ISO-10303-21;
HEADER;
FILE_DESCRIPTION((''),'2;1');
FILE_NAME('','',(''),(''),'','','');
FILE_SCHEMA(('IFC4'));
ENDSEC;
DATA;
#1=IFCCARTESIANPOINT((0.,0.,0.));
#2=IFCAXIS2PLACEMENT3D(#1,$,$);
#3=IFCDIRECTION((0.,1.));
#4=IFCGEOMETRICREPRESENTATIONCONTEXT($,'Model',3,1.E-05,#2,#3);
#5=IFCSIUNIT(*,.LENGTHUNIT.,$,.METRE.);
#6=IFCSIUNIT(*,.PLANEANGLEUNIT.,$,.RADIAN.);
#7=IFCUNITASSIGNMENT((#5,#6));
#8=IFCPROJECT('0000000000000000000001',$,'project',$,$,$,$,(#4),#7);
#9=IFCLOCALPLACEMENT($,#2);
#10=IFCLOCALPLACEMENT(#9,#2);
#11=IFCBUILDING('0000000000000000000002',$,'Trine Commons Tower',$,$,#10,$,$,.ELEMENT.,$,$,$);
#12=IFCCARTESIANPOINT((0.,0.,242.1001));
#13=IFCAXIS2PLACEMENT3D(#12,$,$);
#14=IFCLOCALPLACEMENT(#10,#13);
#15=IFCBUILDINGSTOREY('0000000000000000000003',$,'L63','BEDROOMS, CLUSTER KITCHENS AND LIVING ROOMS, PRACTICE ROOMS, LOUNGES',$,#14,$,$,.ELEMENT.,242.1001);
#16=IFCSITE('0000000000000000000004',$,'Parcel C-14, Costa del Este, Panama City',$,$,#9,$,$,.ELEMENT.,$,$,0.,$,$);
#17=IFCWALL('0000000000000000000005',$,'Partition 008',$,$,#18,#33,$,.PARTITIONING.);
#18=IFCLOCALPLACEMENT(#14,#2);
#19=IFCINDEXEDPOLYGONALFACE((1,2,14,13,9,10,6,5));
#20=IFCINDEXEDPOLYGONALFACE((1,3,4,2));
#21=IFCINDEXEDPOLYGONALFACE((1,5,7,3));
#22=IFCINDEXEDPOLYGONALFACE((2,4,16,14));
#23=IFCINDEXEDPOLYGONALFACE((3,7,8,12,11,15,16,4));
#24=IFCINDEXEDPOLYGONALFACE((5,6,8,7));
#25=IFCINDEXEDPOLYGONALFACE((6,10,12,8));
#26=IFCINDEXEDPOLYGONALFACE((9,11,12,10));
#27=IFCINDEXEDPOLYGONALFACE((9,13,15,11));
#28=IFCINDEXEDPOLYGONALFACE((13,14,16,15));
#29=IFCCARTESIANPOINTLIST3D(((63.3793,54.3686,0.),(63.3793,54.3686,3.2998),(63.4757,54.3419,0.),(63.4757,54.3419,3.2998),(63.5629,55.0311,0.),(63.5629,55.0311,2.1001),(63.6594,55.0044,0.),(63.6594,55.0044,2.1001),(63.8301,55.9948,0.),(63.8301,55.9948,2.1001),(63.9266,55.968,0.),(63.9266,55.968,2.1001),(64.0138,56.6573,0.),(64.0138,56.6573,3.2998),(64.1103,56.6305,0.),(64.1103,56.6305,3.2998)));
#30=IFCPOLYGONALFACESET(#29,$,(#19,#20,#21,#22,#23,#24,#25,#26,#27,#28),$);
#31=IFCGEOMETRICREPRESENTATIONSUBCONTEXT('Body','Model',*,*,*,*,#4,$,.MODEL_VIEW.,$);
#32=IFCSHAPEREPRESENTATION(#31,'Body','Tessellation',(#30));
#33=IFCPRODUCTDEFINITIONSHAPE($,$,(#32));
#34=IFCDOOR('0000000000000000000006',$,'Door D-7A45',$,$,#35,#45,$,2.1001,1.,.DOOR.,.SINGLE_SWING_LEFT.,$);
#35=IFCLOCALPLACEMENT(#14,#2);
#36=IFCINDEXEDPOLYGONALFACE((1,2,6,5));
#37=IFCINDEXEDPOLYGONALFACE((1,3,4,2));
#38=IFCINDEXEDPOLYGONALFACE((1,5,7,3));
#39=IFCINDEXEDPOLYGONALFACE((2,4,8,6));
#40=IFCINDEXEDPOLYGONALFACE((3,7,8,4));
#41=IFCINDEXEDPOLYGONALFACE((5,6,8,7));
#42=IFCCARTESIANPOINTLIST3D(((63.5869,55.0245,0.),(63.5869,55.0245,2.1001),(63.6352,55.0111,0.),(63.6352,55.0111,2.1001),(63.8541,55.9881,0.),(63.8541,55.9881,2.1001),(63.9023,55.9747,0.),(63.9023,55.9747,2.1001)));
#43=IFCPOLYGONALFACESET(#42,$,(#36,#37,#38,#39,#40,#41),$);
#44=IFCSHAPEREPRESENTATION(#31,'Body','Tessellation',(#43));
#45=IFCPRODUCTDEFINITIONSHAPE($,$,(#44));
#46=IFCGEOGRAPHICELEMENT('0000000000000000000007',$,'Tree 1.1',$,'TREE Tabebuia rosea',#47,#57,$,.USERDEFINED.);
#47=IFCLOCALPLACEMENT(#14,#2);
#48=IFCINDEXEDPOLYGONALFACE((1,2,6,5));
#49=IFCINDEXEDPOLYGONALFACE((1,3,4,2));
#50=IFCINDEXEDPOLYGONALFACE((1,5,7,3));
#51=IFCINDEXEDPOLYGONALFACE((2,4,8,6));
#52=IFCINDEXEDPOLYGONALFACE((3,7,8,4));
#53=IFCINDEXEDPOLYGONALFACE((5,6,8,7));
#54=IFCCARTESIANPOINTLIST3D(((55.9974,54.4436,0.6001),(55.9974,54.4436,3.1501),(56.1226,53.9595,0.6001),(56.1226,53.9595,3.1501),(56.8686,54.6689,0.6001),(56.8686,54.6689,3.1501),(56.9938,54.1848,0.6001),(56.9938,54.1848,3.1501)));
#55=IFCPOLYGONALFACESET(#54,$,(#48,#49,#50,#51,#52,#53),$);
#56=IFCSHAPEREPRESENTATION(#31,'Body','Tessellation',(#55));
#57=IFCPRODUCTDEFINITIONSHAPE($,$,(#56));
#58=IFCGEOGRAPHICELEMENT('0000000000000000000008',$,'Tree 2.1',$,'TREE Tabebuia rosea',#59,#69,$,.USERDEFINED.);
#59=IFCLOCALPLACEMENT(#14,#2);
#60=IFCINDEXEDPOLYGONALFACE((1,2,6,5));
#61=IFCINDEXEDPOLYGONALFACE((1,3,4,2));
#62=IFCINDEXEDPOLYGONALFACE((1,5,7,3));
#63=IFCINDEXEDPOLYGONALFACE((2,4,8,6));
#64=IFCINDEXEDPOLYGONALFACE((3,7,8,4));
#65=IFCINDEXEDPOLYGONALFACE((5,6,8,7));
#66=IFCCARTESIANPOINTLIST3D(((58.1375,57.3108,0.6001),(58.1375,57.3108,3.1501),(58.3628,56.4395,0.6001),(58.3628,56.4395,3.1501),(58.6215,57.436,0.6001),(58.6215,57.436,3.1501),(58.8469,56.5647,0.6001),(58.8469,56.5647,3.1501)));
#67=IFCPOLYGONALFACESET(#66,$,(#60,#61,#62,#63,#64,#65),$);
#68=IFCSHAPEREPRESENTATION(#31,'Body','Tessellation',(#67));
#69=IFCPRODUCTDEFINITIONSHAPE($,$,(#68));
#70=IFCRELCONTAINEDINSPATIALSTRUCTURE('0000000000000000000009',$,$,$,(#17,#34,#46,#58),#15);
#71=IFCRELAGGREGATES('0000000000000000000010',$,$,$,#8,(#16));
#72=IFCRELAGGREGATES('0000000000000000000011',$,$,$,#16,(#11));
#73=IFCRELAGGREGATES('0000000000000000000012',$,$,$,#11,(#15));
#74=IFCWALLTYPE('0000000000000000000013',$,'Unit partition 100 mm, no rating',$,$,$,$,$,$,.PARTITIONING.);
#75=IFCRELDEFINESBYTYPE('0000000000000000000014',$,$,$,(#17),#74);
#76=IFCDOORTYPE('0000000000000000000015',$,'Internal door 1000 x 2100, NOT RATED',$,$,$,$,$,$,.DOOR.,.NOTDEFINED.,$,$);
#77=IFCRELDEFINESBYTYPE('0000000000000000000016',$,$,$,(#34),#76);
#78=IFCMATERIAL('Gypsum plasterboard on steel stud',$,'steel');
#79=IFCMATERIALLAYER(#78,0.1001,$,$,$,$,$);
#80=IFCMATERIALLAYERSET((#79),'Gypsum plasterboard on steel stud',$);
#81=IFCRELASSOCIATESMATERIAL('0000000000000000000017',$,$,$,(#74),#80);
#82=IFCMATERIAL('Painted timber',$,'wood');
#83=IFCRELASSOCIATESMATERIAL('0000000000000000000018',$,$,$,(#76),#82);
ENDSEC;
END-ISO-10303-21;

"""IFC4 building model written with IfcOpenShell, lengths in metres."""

from ifc_helpers import new_model, si_unit, direction, frame, frame_2d, origin, origin_2d, place, context, subcontext, project, spatial, rectangle, extrude, material, layer, layer_set, type_object, element, fill, save


model = new_model("IFC4")

# Units and contexts
model_context = context("Model", 3, precision=1e-05, world=origin(), true_north=direction((0.0, 1.0)))
body_context = subcontext(model_context, "Body", "Model", "MODEL_VIEW")
ifc_project = project(units=[si_unit("LENGTHUNIT", "METRE"), si_unit("PLANEANGLEUNIT", "RADIAN")], contexts=[model_context])

# Site, building, storey
site_placement = place(None, origin())
site = spatial("IfcSite", under=ifc_project, at=site_placement, Name="Parcel C-14, Costa del Este, Panama City", CompositionType="ELEMENT", RefElevation=0.0)
building_placement = place(site_placement, origin())
building = spatial("IfcBuilding", under=site, at=building_placement, Name="Trine Commons Tower", CompositionType="ELEMENT")
storey_placement = place(building_placement, frame((0.0, 0.0, 242.1001)))
storey = spatial("IfcBuildingStorey", under=building, at=storey_placement, Name="L63", Description="BEDROOMS, CLUSTER KITCHENS AND LIVING ROOMS, PRACTICE ROOMS, LOUNGES", CompositionType="ELEMENT", Elevation=242.1001)

# Shared definitions
ifc_material_1 = material(Name="Gypsum plasterboard on steel stud", Category="steel")

# Shared definitions
ifc_material_2 = material(Name="Painted timber", Category="wood")

# Shared definitions
ifc_layer_1 = layer(ifc_material_1, 0.1001)
ifc_layer_set_1 = layer_set([ifc_layer_1], Name="Gypsum plasterboard on steel stud")
wall_type_1 = type_object("IfcWallType", Name="Unit partition 100 mm, no rating", PredefinedType="PARTITIONING", material=ifc_layer_set_1)

# Wall, opening, door
wall_1_placement = place(storey_placement, frame((63.4275, 54.3552, 0.0), z_axis=(0.0, 0.0, 1.0), x_axis=(0.267177, 0.963647, 0.0)))
wall_1 = element("IfcWall", 1, at=wall_1_placement, inside=storey, type_object=wall_type_1, Name="Partition 008", PredefinedType="PARTITIONING", context=body_context, shape_type="SweptSolid", body=[
    extrude(rectangle(XDim=2.375, YDim=0.1001, at=frame_2d((1.1875, 0.0))), origin(), (0.0, 0.0, 1.0), 3.2998),
])
opening_1_placement = place(wall_1_placement, frame((0.6875, 0.0, 0.0)))
opening_1 = element("IfcOpeningElement", 2, at=opening_1_placement, cuts=wall_1, PredefinedType="OPENING", context=body_context, shape_type="SweptSolid", body=[
    extrude(rectangle(XDim=1.0, YDim=2.1001, at=frame_2d((0.5, 1.05))), frame((0.0, 0.0601, 0.0), z_axis=(0.0, -1.0, 0.0), x_axis=(1.0, 0.0, 0.0)), (0.0, 0.0, 1.0), 0.1201),
])
door_type_1 = type_object("IfcDoorType", Name="Internal door 1000 x 2100, NOT RATED", OperationType="NOTDEFINED", PredefinedType="DOOR", material=ifc_material_2)
door_1_placement = place(opening_1_placement, frame((1.0, 0.0, 0.0), z_axis=(0.0, 0.0, 1.0), x_axis=(-1.0, 0.0, 0.0)))
door_1 = element("IfcDoor", 3, at=door_1_placement, inside=storey, type_object=door_type_1, Name="Door D-7A45", OperationType="SINGLE_SWING_LEFT", OverallHeight=2.1001, OverallWidth=1.0, PredefinedType="DOOR", context=body_context, shape_type="SweptSolid", body=[
    extrude(rectangle(XDim=1.0, YDim=2.1001, at=frame_2d((0.5, 1.05))), frame((0.0, 0.0249, 0.0), z_axis=(0.0, -1.0, 0.0), x_axis=(1.0, 0.0, 0.0)), (0.0, 0.0, 1.0), 0.05),
])
fill(opening_1, door_1)

# Geographic elements
for number, where, z_axis, x_axis, name in (
    (4, (56.4956, 54.3142, 0.6001), (0.0, 0.0, 1.0), (0.968152, 0.250363, 0.0), "Tree 1.1"),
    (5, (58.4922, 56.9377, 0.6001), (0.0, 0.0, 1.0), (-0.25041, 0.96814, 0.0), "Tree 2.1"),
):
    element("IfcGeographicElement", number, at=place(storey_placement, frame(where, z_axis=z_axis, x_axis=x_axis)), inside=storey, Name=name, ObjectType="TREE Tabebuia rosea", PredefinedType="USERDEFINED", context=body_context, shape_type="SweptSolid", body=[
        extrude(rectangle(XDim=0.8999, YDim=0.5, at=origin_2d()), origin(), (0.0, 0.0, 1.0), 2.55),
    ])

save(model, "model.ifc")
